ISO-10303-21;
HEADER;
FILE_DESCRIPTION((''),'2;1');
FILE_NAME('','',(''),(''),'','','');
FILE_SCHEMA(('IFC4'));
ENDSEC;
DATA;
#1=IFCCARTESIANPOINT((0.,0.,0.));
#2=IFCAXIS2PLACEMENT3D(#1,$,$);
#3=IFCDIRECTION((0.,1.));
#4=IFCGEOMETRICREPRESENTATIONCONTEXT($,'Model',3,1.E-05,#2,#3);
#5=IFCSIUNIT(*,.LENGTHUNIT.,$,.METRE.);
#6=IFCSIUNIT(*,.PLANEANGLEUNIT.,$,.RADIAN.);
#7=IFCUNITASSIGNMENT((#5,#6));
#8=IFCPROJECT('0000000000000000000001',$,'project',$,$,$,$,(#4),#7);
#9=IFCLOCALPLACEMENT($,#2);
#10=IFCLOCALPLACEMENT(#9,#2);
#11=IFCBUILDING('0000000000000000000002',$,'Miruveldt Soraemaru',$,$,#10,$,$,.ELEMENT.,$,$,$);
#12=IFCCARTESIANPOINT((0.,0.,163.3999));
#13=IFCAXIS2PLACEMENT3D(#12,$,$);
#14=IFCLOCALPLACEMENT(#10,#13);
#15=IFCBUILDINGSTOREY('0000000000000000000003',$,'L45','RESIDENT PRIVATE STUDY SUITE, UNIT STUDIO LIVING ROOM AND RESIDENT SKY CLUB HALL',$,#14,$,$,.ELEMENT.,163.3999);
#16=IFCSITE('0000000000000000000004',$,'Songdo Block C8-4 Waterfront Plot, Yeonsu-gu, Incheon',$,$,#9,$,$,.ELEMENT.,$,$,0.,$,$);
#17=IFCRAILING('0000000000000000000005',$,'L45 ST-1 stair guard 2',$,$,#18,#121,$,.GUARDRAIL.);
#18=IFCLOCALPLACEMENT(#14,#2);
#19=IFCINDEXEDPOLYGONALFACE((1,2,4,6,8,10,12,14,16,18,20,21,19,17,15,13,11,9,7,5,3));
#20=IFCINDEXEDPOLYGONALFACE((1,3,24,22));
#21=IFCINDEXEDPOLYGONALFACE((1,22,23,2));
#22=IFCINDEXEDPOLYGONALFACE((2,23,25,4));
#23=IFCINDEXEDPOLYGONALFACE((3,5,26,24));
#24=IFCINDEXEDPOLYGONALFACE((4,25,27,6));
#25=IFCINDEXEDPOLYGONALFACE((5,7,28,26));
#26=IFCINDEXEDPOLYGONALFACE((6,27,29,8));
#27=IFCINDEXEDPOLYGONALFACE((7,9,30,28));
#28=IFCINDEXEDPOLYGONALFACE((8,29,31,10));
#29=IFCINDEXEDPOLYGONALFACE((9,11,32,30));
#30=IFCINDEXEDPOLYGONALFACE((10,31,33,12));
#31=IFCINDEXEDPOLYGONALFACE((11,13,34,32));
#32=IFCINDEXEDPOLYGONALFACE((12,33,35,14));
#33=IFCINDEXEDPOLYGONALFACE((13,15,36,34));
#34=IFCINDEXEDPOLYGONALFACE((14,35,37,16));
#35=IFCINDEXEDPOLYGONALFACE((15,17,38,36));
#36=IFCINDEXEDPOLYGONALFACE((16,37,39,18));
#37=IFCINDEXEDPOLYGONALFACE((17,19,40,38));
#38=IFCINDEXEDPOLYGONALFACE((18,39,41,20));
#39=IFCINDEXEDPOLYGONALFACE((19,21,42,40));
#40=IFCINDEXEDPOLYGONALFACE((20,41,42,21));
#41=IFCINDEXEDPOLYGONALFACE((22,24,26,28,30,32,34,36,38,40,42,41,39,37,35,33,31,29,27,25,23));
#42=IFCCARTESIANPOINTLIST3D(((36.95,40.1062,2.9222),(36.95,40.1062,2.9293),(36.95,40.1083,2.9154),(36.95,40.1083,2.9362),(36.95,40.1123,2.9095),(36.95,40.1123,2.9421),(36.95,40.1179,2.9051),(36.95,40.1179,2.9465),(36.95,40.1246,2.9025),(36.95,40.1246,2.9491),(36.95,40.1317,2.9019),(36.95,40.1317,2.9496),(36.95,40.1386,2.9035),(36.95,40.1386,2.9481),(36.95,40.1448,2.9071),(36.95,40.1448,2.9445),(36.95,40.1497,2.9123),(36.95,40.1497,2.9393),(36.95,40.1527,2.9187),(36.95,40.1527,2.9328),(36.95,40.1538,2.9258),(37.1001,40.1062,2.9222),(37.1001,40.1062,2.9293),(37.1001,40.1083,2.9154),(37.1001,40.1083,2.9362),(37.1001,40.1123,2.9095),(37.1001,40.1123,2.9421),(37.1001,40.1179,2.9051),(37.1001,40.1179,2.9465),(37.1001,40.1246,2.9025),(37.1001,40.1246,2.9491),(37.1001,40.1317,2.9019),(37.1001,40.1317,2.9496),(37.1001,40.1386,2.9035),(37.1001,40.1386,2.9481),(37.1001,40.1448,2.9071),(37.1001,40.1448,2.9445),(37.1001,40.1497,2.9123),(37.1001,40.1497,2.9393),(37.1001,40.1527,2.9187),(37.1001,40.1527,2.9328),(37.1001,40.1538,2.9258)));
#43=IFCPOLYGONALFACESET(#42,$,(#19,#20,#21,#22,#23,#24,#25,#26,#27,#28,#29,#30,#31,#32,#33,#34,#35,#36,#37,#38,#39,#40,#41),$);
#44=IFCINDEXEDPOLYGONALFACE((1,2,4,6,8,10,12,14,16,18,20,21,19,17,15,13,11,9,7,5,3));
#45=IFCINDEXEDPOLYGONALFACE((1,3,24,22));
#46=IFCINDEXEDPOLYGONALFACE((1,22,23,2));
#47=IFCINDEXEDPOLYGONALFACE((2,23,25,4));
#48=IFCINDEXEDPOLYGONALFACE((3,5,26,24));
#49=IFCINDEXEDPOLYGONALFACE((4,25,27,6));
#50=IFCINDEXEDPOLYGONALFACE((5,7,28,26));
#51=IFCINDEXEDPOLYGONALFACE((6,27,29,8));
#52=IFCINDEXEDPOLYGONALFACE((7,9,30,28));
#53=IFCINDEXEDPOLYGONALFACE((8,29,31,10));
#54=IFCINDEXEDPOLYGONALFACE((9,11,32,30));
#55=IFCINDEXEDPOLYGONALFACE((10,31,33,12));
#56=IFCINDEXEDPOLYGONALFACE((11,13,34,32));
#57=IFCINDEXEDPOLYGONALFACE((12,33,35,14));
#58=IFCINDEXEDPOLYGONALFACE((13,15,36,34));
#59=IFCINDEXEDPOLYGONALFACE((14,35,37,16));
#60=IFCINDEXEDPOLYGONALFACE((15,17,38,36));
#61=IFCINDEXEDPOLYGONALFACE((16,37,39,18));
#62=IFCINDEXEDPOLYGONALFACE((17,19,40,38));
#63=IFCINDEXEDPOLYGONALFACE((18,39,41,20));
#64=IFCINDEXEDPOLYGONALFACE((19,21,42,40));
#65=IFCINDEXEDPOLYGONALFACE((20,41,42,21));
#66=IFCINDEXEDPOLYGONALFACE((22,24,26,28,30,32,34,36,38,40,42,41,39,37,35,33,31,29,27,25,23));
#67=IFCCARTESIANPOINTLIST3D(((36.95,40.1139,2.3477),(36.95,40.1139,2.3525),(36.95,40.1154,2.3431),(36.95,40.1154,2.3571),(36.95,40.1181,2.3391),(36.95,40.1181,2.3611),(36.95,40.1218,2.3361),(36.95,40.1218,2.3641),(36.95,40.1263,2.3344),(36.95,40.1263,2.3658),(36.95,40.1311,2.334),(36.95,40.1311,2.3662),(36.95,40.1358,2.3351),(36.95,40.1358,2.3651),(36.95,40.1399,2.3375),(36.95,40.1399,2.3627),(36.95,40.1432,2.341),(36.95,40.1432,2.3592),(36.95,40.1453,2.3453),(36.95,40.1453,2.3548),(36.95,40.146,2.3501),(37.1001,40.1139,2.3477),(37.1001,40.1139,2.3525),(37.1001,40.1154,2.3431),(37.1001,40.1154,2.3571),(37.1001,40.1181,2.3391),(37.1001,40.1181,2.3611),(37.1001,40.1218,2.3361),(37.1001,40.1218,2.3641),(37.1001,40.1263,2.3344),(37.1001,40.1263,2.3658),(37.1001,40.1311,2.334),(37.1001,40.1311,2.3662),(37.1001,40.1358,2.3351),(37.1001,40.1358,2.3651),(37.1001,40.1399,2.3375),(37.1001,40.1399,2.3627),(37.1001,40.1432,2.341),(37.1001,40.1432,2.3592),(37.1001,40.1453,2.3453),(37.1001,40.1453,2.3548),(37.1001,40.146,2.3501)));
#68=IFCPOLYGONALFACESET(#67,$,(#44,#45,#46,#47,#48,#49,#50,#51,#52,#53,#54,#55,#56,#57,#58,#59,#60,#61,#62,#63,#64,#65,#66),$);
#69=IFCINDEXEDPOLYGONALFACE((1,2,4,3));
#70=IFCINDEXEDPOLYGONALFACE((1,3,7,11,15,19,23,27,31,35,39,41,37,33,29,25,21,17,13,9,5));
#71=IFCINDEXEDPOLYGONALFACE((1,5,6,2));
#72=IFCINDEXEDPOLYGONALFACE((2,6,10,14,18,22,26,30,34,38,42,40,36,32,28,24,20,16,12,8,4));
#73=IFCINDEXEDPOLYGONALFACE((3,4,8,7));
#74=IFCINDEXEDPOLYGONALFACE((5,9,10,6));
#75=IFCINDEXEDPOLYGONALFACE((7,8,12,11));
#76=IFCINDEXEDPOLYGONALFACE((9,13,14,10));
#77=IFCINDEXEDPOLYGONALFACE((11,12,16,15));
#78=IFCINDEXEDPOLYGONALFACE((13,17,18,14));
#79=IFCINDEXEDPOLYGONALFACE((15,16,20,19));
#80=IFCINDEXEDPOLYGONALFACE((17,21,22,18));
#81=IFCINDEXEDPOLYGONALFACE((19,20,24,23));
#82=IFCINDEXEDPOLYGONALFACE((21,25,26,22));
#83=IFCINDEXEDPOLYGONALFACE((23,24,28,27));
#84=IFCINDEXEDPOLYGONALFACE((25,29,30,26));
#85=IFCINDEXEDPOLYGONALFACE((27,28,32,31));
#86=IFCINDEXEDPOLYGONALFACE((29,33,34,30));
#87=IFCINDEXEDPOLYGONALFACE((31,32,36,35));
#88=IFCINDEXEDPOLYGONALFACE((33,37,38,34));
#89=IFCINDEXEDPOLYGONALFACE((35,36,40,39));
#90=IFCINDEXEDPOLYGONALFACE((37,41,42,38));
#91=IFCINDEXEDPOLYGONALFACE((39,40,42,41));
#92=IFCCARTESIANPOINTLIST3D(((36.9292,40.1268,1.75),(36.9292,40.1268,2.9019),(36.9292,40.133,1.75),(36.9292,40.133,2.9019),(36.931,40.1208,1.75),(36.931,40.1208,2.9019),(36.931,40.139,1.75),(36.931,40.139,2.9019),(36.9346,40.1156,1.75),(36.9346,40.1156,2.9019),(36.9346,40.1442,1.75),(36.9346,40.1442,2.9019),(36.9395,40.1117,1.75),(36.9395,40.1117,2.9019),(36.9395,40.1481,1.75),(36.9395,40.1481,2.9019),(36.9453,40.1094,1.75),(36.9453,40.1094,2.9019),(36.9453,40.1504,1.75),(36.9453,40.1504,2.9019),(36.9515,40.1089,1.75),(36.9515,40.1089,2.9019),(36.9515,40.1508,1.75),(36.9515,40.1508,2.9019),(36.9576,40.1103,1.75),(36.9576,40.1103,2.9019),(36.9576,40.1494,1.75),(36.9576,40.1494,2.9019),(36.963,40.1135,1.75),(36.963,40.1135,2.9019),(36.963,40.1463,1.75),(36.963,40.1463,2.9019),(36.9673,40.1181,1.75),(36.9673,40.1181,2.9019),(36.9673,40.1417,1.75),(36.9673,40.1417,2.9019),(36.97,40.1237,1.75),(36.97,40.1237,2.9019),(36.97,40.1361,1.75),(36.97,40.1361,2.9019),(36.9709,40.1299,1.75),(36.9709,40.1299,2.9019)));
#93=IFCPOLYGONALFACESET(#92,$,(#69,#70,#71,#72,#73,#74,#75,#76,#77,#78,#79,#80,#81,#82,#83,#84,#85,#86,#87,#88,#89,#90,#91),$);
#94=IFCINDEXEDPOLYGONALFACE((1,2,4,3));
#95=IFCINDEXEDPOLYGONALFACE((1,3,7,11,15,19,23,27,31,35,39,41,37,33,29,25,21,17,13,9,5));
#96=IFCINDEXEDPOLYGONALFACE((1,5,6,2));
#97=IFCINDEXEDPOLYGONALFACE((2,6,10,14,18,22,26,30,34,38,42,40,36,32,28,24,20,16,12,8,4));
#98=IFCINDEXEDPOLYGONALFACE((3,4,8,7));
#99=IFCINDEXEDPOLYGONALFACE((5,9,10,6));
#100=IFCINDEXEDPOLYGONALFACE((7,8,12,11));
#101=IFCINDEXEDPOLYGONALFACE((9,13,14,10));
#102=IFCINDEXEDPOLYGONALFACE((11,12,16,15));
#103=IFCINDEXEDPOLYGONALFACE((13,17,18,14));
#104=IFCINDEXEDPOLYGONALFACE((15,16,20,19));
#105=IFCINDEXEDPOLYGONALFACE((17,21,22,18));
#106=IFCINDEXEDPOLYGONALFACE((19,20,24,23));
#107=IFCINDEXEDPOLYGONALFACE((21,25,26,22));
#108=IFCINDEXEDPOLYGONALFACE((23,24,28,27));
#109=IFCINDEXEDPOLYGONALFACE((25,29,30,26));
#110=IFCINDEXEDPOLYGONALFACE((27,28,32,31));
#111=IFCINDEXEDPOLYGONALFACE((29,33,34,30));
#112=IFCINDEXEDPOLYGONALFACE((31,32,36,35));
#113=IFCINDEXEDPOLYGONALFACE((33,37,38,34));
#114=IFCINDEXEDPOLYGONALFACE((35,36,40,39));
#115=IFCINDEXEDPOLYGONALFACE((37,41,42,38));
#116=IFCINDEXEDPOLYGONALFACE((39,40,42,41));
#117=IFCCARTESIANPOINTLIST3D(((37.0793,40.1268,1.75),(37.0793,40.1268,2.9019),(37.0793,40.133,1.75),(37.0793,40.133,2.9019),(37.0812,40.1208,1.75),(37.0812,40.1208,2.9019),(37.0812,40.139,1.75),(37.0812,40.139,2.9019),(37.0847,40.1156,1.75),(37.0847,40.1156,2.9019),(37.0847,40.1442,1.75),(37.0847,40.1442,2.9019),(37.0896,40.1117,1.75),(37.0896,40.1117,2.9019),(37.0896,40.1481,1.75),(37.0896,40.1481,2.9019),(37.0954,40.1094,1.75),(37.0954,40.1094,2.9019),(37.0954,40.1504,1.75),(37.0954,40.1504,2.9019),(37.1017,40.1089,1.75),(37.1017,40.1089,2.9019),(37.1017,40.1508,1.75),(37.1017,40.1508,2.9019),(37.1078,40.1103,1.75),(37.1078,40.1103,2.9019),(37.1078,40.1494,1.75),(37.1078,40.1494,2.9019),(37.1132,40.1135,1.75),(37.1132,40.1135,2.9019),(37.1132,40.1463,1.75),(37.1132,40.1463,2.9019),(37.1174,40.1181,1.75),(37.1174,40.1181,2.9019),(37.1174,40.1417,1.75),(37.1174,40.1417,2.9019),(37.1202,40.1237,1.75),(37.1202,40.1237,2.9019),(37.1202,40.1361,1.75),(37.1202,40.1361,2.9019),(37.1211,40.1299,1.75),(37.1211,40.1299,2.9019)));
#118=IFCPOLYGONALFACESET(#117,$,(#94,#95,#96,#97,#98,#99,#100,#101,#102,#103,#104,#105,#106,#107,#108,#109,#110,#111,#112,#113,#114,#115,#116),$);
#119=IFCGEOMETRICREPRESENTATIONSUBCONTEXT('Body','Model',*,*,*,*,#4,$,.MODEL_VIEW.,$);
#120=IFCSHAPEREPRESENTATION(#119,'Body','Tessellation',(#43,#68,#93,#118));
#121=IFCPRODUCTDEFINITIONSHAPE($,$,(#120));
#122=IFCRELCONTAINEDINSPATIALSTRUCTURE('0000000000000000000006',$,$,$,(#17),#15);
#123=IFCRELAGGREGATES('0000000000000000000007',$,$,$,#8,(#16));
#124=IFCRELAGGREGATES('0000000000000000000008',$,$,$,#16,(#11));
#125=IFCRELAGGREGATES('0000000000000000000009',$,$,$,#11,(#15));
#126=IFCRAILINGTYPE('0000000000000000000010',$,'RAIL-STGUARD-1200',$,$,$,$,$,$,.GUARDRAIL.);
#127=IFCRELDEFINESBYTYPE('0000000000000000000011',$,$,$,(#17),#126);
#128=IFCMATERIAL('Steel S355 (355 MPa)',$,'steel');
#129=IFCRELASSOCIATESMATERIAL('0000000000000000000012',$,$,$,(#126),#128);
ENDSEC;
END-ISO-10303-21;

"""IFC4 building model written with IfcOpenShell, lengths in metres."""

from ifc_helpers import new_model, si_unit, direction, frame, origin, origin_2d, place, context, subcontext, project, spatial, circle, extrude, material, type_object, element, save


model = new_model("IFC4")

# Units and contexts
model_context = context("Model", 3, precision=1e-05, world=origin(), true_north=direction((0.0, 1.0)))
body_context = subcontext(model_context, "Body", "Model", "MODEL_VIEW")
ifc_project = project(units=[si_unit("LENGTHUNIT", "METRE"), si_unit("PLANEANGLEUNIT", "RADIAN")], contexts=[model_context])

# Site, building, storey
site_placement = place(None, origin())
site = spatial("IfcSite", under=ifc_project, at=site_placement, Name="Songdo Block C8-4 Waterfront Plot, Yeonsu-gu, Incheon", CompositionType="ELEMENT", RefElevation=0.0)
building_placement = place(site_placement, origin())
building = spatial("IfcBuilding", under=site, at=building_placement, Name="Miruveldt Soraemaru", CompositionType="ELEMENT")
storey_placement = place(building_placement, frame((0.0, 0.0, 163.3999)))
storey = spatial("IfcBuildingStorey", under=building, at=storey_placement, Name="L45", Description="RESIDENT PRIVATE STUDY SUITE, UNIT STUDIO LIVING ROOM AND RESIDENT SKY CLUB HALL", CompositionType="ELEMENT", Elevation=163.3999)

# Railing
ifc_material_1 = material(Name="Steel S355 (355 MPa)", Category="steel")
railing_type_1 = type_object("IfcRailingType", Name="RAIL-STGUARD-1200", PredefinedType="GUARDRAIL", material=ifc_material_1)
railing_1_placement = place(storey_placement, frame((36.95, 40.1299, 1.75)))
element("IfcRailing", 1, at=railing_1_placement, inside=storey, type_object=railing_type_1, Name="L45 ST-1 stair guard 2", PredefinedType="GUARDRAIL", context=body_context, shape_type="SweptSolid", body=[
    extrude(circle(Radius=0.0239, at=origin_2d()), frame((0.0, 0.0, 1.1758), z_axis=(1.0, 0.0, 0.0), x_axis=(0.0, 1.0, 0.0)), (0.0, 0.0, 1.0), 0.1501),
    extrude(circle(Radius=0.0161, at=origin_2d()), frame((0.0, 0.0, 0.6001), z_axis=(1.0, 0.0, 0.0), x_axis=(0.0, 1.0, 0.0)), (0.0, 0.0, 1.0), 0.1501),
    extrude(circle(Radius=0.021, at=origin_2d()), origin(), (0.0, 0.0, 1.0), 1.1519),
    extrude(circle(Radius=0.021, at=origin_2d()), frame((0.1501, 0.0, 0.0)), (0.0, 0.0, 1.0), 1.1519),
])

save(model, "model.ifc")
